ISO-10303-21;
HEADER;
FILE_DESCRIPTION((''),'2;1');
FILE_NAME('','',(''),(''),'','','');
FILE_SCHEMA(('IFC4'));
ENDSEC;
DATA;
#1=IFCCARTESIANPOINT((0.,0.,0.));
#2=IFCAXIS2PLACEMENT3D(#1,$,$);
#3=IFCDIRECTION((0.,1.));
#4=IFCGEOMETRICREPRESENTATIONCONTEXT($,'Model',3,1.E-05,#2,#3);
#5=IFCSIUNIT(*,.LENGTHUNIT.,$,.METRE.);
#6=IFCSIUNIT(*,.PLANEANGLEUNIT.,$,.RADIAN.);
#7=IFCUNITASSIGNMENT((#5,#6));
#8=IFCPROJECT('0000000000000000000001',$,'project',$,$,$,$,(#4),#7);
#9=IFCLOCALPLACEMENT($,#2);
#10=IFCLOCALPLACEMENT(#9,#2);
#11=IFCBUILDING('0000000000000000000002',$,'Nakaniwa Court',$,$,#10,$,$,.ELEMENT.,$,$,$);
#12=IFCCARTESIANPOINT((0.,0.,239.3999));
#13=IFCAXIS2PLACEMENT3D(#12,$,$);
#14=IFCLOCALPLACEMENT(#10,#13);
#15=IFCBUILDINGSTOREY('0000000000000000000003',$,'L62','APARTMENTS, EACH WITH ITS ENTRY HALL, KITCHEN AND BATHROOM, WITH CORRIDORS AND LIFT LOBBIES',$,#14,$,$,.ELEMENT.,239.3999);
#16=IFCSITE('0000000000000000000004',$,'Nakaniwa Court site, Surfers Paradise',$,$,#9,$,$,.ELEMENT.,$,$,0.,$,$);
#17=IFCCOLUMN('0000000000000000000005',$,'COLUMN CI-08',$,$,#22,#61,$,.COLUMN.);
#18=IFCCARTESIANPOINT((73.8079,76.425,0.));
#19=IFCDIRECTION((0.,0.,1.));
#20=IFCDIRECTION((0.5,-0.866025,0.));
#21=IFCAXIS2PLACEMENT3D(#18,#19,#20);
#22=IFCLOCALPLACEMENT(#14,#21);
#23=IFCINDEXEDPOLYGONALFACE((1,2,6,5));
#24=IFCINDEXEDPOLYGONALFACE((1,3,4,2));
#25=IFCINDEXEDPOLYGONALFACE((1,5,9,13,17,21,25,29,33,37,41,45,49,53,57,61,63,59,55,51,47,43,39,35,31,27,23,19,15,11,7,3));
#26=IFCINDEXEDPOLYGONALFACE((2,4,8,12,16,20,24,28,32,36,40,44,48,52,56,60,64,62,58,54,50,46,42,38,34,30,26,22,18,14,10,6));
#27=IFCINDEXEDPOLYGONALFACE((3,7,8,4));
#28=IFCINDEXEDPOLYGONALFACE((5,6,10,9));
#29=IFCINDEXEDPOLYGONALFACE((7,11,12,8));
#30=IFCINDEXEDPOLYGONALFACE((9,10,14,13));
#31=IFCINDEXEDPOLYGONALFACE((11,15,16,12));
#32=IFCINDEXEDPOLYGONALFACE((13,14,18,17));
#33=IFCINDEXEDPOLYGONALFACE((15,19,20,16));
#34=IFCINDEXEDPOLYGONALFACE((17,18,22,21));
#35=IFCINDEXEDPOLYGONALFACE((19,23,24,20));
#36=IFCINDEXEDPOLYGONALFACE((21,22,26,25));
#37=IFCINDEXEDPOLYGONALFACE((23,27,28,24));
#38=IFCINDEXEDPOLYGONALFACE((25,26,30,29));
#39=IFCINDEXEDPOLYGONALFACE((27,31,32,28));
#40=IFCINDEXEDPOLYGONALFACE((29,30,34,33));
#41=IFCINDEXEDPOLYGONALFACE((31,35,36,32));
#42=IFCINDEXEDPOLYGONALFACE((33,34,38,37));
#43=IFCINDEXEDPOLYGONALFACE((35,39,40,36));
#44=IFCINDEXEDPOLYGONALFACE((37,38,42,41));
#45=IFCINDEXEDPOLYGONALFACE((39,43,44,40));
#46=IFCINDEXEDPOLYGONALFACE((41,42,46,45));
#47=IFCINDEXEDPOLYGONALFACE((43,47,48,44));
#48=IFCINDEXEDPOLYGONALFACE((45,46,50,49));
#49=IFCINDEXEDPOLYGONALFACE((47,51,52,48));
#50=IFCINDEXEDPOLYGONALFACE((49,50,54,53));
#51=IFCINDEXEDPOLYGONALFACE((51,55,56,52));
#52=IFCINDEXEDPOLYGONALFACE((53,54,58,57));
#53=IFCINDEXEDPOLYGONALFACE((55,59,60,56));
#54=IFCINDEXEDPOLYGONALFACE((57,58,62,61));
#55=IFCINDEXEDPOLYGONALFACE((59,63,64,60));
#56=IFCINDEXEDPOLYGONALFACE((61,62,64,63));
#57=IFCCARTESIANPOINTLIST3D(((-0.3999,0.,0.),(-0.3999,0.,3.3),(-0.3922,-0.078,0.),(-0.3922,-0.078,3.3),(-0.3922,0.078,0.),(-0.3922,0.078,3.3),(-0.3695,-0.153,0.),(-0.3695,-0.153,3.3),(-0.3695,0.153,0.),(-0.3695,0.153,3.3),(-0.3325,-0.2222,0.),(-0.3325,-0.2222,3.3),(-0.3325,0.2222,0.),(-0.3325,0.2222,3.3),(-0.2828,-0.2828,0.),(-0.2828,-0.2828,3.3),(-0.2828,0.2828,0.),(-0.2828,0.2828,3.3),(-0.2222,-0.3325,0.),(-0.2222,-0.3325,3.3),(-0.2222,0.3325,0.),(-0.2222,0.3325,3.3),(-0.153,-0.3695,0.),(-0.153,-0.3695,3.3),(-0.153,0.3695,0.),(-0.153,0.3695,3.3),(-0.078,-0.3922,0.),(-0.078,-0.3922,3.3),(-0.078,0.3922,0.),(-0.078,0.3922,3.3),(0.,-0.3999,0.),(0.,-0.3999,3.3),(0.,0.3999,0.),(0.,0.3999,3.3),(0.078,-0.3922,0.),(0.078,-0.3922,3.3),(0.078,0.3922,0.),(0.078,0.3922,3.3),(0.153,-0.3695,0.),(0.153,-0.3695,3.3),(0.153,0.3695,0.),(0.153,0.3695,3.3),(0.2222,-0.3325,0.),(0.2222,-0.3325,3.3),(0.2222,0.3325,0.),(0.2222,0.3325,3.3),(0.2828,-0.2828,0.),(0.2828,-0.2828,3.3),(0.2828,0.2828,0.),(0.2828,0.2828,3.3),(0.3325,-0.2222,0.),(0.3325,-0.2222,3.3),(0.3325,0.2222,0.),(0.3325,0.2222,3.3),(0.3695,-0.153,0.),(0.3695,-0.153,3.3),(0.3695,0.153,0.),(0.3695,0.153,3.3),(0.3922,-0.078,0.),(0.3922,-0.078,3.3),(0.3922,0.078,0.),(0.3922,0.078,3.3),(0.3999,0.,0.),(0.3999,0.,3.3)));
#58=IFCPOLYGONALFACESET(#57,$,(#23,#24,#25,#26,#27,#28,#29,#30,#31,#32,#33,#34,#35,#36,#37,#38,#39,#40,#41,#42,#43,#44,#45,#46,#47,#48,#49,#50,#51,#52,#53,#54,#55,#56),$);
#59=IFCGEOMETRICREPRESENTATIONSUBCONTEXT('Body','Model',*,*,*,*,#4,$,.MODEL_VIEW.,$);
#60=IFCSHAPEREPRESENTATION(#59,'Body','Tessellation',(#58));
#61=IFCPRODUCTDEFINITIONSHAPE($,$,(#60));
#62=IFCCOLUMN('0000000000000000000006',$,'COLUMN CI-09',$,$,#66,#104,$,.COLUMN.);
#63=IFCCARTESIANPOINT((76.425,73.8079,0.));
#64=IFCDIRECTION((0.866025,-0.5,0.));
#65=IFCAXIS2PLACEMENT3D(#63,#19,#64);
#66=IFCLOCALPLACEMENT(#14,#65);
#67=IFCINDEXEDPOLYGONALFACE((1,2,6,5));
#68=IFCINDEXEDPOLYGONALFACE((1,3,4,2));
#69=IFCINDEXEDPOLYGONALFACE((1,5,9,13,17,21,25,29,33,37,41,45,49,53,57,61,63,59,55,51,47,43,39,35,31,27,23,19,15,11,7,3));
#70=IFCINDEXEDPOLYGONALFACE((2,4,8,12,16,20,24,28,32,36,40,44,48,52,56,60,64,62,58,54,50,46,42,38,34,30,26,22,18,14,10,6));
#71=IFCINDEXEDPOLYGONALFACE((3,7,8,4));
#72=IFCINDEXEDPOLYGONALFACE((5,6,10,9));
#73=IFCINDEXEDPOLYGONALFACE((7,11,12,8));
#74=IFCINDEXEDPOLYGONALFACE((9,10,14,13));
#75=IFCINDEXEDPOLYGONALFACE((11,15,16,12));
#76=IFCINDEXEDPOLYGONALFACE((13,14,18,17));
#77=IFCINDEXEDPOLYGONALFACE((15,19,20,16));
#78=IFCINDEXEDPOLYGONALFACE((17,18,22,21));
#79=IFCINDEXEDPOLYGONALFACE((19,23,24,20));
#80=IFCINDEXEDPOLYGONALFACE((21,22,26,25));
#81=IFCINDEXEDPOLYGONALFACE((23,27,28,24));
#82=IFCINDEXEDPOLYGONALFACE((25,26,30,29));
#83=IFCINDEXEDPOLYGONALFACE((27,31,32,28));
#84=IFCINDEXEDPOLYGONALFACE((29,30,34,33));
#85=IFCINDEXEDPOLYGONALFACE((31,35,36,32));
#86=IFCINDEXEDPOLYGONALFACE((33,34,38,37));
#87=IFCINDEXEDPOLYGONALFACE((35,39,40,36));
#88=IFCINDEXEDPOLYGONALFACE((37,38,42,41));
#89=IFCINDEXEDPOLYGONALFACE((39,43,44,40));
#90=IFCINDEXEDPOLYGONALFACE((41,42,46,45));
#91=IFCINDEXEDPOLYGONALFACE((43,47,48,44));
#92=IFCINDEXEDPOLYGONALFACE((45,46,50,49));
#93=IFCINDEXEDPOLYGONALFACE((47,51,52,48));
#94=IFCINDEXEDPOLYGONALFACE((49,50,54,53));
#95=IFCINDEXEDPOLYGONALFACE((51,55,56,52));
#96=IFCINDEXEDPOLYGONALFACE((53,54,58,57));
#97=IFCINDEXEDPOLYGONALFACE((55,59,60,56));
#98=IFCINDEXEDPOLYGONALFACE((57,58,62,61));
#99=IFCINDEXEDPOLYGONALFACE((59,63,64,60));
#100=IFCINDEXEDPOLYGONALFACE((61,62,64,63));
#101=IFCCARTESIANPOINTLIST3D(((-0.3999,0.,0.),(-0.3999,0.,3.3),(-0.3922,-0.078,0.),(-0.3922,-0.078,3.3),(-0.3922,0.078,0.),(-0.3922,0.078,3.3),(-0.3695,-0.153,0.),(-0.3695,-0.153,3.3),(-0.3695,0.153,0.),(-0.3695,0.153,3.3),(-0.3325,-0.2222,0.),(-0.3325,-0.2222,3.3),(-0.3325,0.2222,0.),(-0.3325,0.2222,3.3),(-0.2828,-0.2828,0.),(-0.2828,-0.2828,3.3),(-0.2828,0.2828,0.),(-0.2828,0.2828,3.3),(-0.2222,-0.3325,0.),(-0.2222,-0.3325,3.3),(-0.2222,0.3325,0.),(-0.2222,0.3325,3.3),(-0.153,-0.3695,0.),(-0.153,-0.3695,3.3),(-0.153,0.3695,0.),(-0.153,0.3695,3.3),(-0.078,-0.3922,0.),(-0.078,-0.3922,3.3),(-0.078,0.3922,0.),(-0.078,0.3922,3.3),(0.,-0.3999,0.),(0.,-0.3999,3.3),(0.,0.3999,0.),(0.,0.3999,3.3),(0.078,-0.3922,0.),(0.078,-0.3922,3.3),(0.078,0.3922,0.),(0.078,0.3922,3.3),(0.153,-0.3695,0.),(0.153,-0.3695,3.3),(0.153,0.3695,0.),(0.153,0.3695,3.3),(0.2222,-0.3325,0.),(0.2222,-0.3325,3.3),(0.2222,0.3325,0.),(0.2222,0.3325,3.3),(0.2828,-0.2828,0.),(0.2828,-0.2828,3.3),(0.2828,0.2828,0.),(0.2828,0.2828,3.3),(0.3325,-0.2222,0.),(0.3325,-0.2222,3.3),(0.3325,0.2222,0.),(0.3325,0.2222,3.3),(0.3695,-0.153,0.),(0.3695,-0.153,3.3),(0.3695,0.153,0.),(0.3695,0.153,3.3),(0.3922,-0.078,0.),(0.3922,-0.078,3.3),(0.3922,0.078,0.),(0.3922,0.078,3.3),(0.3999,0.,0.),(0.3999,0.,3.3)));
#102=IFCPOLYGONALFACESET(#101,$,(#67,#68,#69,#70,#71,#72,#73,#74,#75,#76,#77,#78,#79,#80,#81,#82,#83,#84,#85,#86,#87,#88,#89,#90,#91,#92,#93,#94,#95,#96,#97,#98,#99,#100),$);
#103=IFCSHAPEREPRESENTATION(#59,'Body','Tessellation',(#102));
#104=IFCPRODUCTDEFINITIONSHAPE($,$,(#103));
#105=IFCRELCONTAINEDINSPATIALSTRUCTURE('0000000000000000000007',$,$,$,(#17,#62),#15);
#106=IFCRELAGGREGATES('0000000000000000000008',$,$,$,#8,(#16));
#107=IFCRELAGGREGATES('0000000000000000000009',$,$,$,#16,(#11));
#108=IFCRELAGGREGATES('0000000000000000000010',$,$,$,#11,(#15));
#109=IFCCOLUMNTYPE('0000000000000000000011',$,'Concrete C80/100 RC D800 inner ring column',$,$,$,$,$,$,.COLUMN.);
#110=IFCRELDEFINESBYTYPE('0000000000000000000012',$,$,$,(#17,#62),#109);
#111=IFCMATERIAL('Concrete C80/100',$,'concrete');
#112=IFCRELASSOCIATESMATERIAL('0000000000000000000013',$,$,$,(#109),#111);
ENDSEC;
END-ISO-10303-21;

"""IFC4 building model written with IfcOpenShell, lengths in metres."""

from ifc_helpers import new_model, si_unit, direction, frame, origin, origin_2d, place, context, subcontext, project, spatial, circle, extrude, material, material_profile, profile_set, type_object, element, save


model = new_model("IFC4")

# Units and contexts
model_context = context("Model", 3, precision=1e-05, world=origin(), true_north=direction((0.0, 1.0)))
body_context = subcontext(model_context, "Body", "Model", "MODEL_VIEW")
ifc_project = project(units=[si_unit("LENGTHUNIT", "METRE"), si_unit("PLANEANGLEUNIT", "RADIAN")], contexts=[model_context])

# Site, building, storey
site_placement = place(None, origin())
site = spatial("IfcSite", under=ifc_project, at=site_placement, Name="Nakaniwa Court site, Surfers Paradise", CompositionType="ELEMENT", RefElevation=0.0)
building_placement = place(site_placement, origin())
building = spatial("IfcBuilding", under=site, at=building_placement, Name="Nakaniwa Court", CompositionType="ELEMENT")
storey_placement = place(building_placement, frame((0.0, 0.0, 239.3999)))
storey = spatial("IfcBuildingStorey", under=building, at=storey_placement, Name="L62", Description="APARTMENTS, EACH WITH ITS ENTRY HALL, KITCHEN AND BATHROOM, WITH CORRIDORS AND LIFT LOBBIES", CompositionType="ELEMENT", Elevation=239.3999)

# Columns
ifc_material_1 = material(Name="Concrete C80/100", Category="concrete")
ifc_material_profile_1 = material_profile(ifc_material_1, circle(Radius=0.3999, at=origin_2d()), Name="Concrete C80/100 RC D800 inner ring column")
ifc_profile_set_1 = profile_set([ifc_material_profile_1], Name="Concrete C80/100")
column_type_1 = type_object("IfcColumnType", Name="Concrete C80/100 RC D800 inner ring column", PredefinedType="COLUMN", material=ifc_profile_set_1)
for number, where, z_axis, x_axis, name in (
    (1, (73.8079, 76.425, 0.0), (0.0, 0.0, 1.0), (0.5, -0.866025, 0.0), "COLUMN CI-08"),
    (2, (76.425, 73.8079, 0.0), (0.0, 0.0, 1.0), (0.866025, -0.5, 0.0), "COLUMN CI-09"),
):
    element("IfcColumn", number, at=place(storey_placement, frame(where, z_axis=z_axis, x_axis=x_axis)), inside=storey, type_object=column_type_1, Name=name, PredefinedType="COLUMN", context=body_context, shape_type="SweptSolid", body=[
        extrude(circle(Radius=0.3999, at=origin_2d()), origin(), (0.0, 0.0, 1.0), 3.3),
    ])

save(model, "model.ifc")
